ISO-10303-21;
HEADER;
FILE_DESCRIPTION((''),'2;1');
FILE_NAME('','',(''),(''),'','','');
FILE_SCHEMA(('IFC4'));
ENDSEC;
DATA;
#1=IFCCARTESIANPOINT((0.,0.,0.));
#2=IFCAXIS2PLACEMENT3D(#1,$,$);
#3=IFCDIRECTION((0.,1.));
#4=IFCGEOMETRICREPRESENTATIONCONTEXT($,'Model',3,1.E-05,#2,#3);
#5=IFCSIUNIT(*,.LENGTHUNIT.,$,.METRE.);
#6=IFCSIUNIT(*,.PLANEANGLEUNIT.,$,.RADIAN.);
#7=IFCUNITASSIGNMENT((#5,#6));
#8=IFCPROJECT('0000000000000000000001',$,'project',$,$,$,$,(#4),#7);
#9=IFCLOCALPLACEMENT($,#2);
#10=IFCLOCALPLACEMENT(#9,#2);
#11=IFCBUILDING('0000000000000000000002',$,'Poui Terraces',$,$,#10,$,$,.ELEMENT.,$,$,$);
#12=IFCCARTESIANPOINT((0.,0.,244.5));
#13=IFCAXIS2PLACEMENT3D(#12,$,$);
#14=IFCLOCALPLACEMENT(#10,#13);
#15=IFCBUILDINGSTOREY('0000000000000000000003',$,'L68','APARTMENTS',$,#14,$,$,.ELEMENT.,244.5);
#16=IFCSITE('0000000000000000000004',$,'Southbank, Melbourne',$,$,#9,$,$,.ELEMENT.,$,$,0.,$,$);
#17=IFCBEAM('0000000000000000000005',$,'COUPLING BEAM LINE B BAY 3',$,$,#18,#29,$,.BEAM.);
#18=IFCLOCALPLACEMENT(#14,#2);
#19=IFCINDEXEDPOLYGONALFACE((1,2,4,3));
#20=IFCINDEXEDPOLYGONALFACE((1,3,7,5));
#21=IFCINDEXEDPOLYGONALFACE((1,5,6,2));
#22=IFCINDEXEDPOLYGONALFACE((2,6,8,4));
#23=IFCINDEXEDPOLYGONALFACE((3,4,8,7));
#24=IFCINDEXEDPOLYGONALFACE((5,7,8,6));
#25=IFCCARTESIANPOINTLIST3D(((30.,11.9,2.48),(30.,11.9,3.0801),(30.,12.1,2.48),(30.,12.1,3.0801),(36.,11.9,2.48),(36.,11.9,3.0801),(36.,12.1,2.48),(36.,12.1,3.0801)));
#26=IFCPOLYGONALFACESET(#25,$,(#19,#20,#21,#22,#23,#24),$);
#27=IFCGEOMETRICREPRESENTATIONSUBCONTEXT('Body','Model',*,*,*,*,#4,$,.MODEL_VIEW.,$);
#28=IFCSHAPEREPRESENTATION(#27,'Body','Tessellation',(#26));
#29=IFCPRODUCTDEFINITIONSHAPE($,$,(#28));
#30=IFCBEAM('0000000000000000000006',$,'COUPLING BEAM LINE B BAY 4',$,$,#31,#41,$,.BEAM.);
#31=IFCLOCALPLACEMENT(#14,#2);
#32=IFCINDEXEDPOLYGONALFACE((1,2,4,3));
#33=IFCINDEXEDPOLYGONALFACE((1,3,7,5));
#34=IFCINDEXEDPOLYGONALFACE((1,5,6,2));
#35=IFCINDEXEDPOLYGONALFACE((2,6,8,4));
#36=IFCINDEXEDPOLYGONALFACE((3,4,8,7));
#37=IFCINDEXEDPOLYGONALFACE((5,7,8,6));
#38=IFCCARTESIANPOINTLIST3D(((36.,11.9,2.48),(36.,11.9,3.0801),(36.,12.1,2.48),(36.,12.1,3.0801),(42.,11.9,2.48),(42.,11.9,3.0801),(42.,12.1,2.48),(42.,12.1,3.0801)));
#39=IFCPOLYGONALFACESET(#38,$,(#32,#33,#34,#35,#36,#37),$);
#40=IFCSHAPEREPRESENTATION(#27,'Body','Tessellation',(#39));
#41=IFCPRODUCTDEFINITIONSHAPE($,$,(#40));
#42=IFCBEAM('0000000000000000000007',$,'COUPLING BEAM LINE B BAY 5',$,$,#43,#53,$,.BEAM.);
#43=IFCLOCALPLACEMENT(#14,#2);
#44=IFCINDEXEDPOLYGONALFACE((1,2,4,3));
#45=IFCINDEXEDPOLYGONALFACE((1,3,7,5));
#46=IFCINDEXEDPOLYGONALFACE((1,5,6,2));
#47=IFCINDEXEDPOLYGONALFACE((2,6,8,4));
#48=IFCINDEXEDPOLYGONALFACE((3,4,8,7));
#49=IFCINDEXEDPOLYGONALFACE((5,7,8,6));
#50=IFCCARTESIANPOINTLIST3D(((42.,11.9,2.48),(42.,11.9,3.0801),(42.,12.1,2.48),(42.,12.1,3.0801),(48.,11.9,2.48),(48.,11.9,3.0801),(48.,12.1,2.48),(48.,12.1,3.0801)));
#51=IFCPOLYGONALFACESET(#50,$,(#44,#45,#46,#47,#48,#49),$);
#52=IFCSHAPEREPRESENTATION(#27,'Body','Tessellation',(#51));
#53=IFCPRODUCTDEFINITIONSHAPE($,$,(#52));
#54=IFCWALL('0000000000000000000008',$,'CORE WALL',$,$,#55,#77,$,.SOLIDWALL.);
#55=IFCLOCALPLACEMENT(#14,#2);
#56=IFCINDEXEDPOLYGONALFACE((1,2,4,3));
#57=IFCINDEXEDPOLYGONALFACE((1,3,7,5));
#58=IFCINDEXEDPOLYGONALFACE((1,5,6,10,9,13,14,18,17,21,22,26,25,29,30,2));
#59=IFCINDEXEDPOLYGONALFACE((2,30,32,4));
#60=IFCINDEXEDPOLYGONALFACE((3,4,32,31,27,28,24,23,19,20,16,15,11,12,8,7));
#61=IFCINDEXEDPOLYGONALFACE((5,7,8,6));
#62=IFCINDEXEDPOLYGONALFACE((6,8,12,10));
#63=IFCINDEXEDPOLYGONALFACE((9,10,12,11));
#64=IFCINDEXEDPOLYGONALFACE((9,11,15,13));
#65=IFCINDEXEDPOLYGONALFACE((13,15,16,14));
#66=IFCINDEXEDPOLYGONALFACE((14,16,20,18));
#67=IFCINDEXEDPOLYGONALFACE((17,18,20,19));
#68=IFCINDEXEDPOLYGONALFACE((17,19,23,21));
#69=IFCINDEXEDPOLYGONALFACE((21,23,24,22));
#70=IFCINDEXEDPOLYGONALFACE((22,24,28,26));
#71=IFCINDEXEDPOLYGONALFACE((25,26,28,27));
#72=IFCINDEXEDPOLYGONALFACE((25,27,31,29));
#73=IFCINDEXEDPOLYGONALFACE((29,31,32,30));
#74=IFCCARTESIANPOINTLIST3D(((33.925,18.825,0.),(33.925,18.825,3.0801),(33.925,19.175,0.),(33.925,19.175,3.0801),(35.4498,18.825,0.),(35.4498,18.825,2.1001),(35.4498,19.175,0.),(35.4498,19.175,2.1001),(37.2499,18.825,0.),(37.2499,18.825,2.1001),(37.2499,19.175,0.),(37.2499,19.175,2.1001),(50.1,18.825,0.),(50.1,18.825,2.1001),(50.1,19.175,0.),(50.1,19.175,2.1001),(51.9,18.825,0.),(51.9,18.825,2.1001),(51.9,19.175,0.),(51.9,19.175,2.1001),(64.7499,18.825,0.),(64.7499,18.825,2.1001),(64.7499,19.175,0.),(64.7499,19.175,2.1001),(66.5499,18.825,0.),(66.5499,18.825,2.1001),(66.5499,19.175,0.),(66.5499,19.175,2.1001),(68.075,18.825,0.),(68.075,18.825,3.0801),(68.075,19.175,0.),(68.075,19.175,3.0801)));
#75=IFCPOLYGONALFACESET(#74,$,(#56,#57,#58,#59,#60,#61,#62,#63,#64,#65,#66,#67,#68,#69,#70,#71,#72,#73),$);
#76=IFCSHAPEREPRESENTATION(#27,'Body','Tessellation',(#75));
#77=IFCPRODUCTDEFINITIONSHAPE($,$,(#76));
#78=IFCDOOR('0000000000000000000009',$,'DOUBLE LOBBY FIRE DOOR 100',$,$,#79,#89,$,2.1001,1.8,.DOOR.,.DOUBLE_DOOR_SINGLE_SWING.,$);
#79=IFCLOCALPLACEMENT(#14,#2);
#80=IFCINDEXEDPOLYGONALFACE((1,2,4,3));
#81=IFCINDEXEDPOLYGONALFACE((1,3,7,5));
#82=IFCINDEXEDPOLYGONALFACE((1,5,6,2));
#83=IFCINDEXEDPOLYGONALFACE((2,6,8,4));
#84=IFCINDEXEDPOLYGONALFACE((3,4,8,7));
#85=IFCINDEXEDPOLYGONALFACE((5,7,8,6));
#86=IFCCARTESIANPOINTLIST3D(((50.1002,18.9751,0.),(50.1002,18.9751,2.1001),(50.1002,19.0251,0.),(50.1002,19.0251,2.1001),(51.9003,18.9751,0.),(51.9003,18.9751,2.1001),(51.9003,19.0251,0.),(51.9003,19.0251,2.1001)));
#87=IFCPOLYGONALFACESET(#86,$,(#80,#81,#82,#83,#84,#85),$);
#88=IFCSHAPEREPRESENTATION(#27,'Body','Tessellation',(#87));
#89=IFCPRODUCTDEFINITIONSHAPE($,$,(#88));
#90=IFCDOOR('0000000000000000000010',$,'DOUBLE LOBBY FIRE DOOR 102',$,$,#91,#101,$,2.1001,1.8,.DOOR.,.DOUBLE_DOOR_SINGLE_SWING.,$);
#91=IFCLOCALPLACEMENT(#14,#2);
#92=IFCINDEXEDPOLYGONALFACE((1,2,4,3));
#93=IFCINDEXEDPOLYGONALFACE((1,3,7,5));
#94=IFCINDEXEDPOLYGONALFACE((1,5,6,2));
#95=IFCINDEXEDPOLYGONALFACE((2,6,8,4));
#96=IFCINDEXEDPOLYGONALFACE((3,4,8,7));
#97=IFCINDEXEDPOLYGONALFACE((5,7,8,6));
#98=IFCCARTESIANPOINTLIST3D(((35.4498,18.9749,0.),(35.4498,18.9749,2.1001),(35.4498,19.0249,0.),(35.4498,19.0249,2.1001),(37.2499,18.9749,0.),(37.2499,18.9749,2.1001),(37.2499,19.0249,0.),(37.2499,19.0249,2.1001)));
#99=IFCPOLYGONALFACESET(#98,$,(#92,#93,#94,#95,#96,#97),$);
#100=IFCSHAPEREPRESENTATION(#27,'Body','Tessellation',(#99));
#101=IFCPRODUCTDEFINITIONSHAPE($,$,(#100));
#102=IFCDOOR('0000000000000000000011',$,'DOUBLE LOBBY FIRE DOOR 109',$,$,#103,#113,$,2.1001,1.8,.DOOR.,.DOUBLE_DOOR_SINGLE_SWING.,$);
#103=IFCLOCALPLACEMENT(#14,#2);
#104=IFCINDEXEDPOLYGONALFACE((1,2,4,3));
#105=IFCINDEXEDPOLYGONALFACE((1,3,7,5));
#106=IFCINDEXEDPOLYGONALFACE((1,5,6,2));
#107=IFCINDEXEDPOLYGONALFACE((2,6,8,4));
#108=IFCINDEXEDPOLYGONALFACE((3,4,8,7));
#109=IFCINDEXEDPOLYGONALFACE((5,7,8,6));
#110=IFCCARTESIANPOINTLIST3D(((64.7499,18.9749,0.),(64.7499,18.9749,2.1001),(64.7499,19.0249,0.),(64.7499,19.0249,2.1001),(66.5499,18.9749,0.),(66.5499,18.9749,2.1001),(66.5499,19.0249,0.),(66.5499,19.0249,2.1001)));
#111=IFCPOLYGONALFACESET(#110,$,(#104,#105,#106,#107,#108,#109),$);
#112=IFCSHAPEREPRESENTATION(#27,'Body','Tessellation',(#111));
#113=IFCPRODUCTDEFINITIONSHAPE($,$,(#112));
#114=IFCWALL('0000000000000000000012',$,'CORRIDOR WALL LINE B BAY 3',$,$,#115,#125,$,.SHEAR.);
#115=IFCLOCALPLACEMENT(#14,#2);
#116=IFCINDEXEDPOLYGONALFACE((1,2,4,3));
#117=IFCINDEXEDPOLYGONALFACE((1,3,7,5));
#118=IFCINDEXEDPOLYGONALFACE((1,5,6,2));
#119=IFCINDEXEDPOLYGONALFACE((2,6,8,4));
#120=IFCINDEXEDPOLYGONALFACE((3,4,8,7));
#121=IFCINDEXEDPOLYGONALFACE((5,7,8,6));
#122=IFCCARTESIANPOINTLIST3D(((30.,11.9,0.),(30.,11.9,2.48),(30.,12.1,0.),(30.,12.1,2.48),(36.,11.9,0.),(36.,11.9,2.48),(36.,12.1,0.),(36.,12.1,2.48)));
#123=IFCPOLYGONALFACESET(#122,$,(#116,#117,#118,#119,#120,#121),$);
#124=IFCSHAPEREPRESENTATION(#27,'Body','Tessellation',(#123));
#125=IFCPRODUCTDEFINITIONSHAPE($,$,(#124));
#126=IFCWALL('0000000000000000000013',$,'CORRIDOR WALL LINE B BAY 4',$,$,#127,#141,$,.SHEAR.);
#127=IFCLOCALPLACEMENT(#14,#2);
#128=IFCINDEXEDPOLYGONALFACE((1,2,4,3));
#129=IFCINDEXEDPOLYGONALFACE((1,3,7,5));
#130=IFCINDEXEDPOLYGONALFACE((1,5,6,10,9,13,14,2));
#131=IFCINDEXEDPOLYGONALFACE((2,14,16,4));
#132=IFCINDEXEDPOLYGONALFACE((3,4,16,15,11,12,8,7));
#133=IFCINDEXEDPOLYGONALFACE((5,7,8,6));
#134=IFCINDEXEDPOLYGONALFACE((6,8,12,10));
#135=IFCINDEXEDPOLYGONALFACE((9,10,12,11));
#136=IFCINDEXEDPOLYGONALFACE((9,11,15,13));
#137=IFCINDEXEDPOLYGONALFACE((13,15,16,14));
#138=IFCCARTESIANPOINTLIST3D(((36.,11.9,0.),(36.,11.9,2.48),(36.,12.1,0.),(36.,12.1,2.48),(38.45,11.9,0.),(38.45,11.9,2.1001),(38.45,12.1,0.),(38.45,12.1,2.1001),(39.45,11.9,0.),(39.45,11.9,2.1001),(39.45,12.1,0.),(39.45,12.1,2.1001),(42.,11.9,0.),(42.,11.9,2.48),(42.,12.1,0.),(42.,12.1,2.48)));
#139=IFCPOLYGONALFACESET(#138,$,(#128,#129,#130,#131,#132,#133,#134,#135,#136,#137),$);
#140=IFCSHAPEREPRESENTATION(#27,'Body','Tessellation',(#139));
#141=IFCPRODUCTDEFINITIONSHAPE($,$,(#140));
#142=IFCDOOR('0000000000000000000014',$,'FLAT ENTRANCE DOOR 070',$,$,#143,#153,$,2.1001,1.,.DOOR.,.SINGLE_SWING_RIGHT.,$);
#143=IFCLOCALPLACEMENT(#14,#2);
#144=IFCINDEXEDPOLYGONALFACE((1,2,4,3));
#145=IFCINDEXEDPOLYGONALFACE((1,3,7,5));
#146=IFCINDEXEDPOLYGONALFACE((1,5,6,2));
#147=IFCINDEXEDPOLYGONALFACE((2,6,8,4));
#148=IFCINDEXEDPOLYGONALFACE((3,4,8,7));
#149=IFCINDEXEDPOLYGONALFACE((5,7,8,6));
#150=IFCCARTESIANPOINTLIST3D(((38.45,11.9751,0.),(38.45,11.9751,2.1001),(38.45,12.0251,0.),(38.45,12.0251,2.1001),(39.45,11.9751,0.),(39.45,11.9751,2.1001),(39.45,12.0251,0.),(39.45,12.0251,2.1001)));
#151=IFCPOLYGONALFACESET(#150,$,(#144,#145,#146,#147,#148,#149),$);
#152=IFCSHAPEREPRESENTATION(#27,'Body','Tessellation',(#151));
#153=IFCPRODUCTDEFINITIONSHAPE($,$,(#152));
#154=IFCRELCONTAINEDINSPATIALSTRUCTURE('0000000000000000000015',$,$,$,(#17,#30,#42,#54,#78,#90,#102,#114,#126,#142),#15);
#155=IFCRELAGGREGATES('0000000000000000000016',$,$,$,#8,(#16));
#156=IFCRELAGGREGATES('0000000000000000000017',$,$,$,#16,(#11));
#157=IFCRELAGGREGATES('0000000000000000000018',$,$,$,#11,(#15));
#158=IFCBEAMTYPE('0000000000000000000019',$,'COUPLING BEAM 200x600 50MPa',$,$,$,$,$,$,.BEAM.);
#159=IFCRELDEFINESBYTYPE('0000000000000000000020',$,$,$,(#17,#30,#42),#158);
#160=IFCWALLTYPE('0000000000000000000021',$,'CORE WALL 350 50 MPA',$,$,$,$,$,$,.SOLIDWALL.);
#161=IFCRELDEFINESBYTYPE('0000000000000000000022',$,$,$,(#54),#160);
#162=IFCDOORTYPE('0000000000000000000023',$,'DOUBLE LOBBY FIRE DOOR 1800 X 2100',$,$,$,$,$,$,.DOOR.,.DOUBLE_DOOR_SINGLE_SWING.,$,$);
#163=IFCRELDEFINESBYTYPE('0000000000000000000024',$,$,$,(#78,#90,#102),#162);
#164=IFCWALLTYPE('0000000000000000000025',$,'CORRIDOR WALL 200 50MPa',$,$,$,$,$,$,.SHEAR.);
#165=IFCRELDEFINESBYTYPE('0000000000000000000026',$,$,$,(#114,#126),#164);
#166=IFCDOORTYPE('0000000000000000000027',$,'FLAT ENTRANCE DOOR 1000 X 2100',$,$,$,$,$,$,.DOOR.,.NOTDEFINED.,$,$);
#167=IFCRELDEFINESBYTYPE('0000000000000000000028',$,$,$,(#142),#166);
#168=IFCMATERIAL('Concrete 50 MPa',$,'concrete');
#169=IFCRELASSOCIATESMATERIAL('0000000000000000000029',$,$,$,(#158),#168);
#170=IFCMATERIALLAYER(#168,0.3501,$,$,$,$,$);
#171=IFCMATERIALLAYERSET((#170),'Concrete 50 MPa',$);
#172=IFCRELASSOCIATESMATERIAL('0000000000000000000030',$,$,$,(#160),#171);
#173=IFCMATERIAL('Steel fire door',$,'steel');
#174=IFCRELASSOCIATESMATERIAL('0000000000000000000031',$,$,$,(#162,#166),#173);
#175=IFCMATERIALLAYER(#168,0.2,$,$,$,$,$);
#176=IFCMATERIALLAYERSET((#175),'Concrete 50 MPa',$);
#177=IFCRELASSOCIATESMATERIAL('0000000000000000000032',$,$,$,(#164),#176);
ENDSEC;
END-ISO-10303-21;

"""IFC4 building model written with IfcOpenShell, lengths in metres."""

from ifc_helpers import new_model, si_unit, direction, frame, frame_2d, origin, origin_2d, place, context, subcontext, project, spatial, rectangle, extrude, source, transform, mapped, material, layer, layer_set, material_profile, profile_set, type_object, element, fill, save


model = new_model("IFC4")

# Units and contexts
model_context = context("Model", 3, precision=1e-05, world=origin(), true_north=direction((0.0, 1.0)))
body_context = subcontext(model_context, "Body", "Model", "MODEL_VIEW")
ifc_project = project(units=[si_unit("LENGTHUNIT", "METRE"), si_unit("PLANEANGLEUNIT", "RADIAN")], contexts=[model_context])

# Site, building, storey
site_placement = place(None, origin())
site = spatial("IfcSite", under=ifc_project, at=site_placement, Name="Southbank, Melbourne", CompositionType="ELEMENT", RefElevation=0.0)
building_placement = place(site_placement, origin())
building = spatial("IfcBuilding", under=site, at=building_placement, Name="Poui Terraces", CompositionType="ELEMENT")
storey_placement = place(building_placement, frame((0.0, 0.0, 244.5)))
storey = spatial("IfcBuildingStorey", under=building, at=storey_placement, Name="L68", Description="APARTMENTS", CompositionType="ELEMENT", Elevation=244.5)

# Beams
ifc_material_1 = material(Name="Concrete 50 MPa", Category="concrete")
ifc_material_profile = material_profile(ifc_material_1, rectangle(XDim=0.2, YDim=0.6001, at=origin_2d()), Name="RC 200x600")
ifc_profile_set = profile_set([ifc_material_profile], Name="Concrete 50 MPa")
beam_type = type_object("IfcBeamType", Name="COUPLING BEAM 200x600 50MPa", PredefinedType="BEAM", material=ifc_profile_set)
shared_shape = source(origin(), body_context, "Body", "SweptSolid", [
    extrude(rectangle(XDim=0.2, YDim=0.6001, at=origin_2d()), origin(), (0.0, 0.0, 1.0), 6.0),
])
for number, where, z_axis, x_axis, name in (
    (1, (30.0, 12.0, 2.78), (1.0, 0.0, 0.0), (0.0, 1.0, 0.0), "COUPLING BEAM LINE B BAY 3"),
    (2, (36.0, 12.0, 2.78), (1.0, 0.0, 0.0), (0.0, 1.0, 0.0), "COUPLING BEAM LINE B BAY 4"),
    (3, (42.0, 12.0, 2.78), (1.0, 0.0, 0.0), (0.0, 1.0, 0.0), "COUPLING BEAM LINE B BAY 5"),
):
    element("IfcBeam", number, at=place(storey_placement, frame(where, z_axis=z_axis, x_axis=x_axis)), inside=storey, type_object=beam_type, Name=name, PredefinedType="BEAM", context=body_context, shape_type="MappedRepresentation", body=[
        mapped(shared_shape, transform((0.0, 0.0, 0.0))),
    ])

# Wall, openings, doors
ifc_layer_1 = layer(ifc_material_1, 0.3501)
ifc_layer_set_1 = layer_set([ifc_layer_1], Name="Concrete 50 MPa")
wall_type_1 = type_object("IfcWallType", Name="CORE WALL 350 50 MPA", PredefinedType="SOLIDWALL", material=ifc_layer_set_1)
wall_1_placement = place(storey_placement, frame((33.925, 19.0, 0.0), z_axis=(0.0, 0.0, 1.0), x_axis=(1.0, 0.0, 0.0)))
wall_1 = element("IfcWall", 4, at=wall_1_placement, inside=storey, type_object=wall_type_1, Name="CORE WALL", PredefinedType="SOLIDWALL", context=body_context, shape_type="SweptSolid", body=[
    extrude(rectangle(XDim=34.1499, YDim=0.3501, at=frame_2d((17.075, 0.0))), origin(), (0.0, 0.0, 1.0), 3.0801),
])
opening_1_placement = place(wall_1_placement, frame((16.175, 0.0, 0.0)))
opening_1 = element("IfcOpeningElement", 5, at=opening_1_placement, cuts=wall_1, PredefinedType="OPENING", context=body_context, shape_type="SweptSolid", body=[
    extrude(rectangle(XDim=1.8, YDim=2.1001, at=frame_2d((0.8999, 1.05))), frame((0.0, 0.1851, 0.0), z_axis=(0.0, -1.0, 0.0), x_axis=(1.0, 0.0, 0.0)), (0.0, 0.0, 1.0), 0.3701),
])
opening_2_placement = place(wall_1_placement, frame((1.5249, 0.0, 0.0)))
opening_2 = element("IfcOpeningElement", 6, at=opening_2_placement, cuts=wall_1, PredefinedType="OPENING", context=body_context, shape_type="SweptSolid", body=[
    extrude(rectangle(XDim=1.8, YDim=2.1001, at=frame_2d((0.8999, 1.05))), frame((0.0, 0.1851, 0.0), z_axis=(0.0, -1.0, 0.0), x_axis=(1.0, 0.0, 0.0)), (0.0, 0.0, 1.0), 0.3701),
])
opening_3_placement = place(wall_1_placement, frame((30.825, 0.0, 0.0)))
opening_3 = element("IfcOpeningElement", 7, at=opening_3_placement, cuts=wall_1, PredefinedType="OPENING", context=body_context, shape_type="SweptSolid", body=[
    extrude(rectangle(XDim=1.8, YDim=2.1001, at=frame_2d((0.8999, 1.05))), frame((0.0, 0.1851, 0.0), z_axis=(0.0, -1.0, 0.0), x_axis=(1.0, 0.0, 0.0)), (0.0, 0.0, 1.0), 0.3701),
])
ifc_material_2 = material(Name="Steel fire door", Category="steel")
door_type_1 = type_object("IfcDoorType", Name="DOUBLE LOBBY FIRE DOOR 1800 X 2100", OperationType="DOUBLE_DOOR_SINGLE_SWING", PredefinedType="DOOR", material=ifc_material_2)
door_1_placement = place(opening_1_placement, frame((1.8, 0.0, 0.0), z_axis=(0.0, 0.0, 1.0), x_axis=(-1.0, 0.0, 0.0)))
door_1 = element("IfcDoor", 8, at=door_1_placement, inside=storey, type_object=door_type_1, Name="DOUBLE LOBBY FIRE DOOR 100", OperationType="DOUBLE_DOOR_SINGLE_SWING", OverallHeight=2.1001, OverallWidth=1.8, PredefinedType="DOOR", context=body_context, shape_type="SweptSolid", body=[
    extrude(rectangle(XDim=1.8, YDim=2.1001, at=frame_2d((0.8999, 1.05))), frame((0.0, 0.0249, 0.0), z_axis=(0.0, -1.0, 0.0), x_axis=(1.0, 0.0, 0.0)), (0.0, 0.0, 1.0), 0.05),
])
fill(opening_1, door_1)
door_2_placement = place(opening_2_placement, origin())
door_2 = element("IfcDoor", 9, at=door_2_placement, inside=storey, type_object=door_type_1, Name="DOUBLE LOBBY FIRE DOOR 102", OperationType="DOUBLE_DOOR_SINGLE_SWING", OverallHeight=2.1001, OverallWidth=1.8, PredefinedType="DOOR", context=body_context, shape_type="SweptSolid", body=[
    extrude(rectangle(XDim=1.8, YDim=2.1001, at=frame_2d((0.8999, 1.05))), frame((0.0, 0.0249, 0.0), z_axis=(0.0, -1.0, 0.0), x_axis=(1.0, 0.0, 0.0)), (0.0, 0.0, 1.0), 0.05),
])
fill(opening_2, door_2)
door_3_placement = place(opening_3_placement, origin())
door_3 = element("IfcDoor", 10, at=door_3_placement, inside=storey, type_object=door_type_1, Name="DOUBLE LOBBY FIRE DOOR 109", OperationType="DOUBLE_DOOR_SINGLE_SWING", OverallHeight=2.1001, OverallWidth=1.8, PredefinedType="DOOR", context=body_context, shape_type="SweptSolid", body=[
    extrude(rectangle(XDim=1.8, YDim=2.1001, at=frame_2d((0.8999, 1.05))), frame((0.0, 0.0249, 0.0), z_axis=(0.0, -1.0, 0.0), x_axis=(1.0, 0.0, 0.0)), (0.0, 0.0, 1.0), 0.05),
])
fill(opening_3, door_3)

# Wall
ifc_layer_2 = layer(ifc_material_1, 0.2)
ifc_layer_set_2 = layer_set([ifc_layer_2], Name="Concrete 50 MPa")
wall_type_2 = type_object("IfcWallType", Name="CORRIDOR WALL 200 50MPa", PredefinedType="SHEAR", material=ifc_layer_set_2)
wall_2_placement = place(storey_placement, frame((30.0, 12.0, 0.0), z_axis=(0.0, 0.0, 1.0), x_axis=(1.0, 0.0, 0.0)))
element("IfcWall", 11, at=wall_2_placement, inside=storey, type_object=wall_type_2, Name="CORRIDOR WALL LINE B BAY 3", PredefinedType="SHEAR", context=body_context, shape_type="SweptSolid", body=[
    extrude(rectangle(XDim=6.0, YDim=0.2, at=frame_2d((3.0, 0.0))), origin(), (0.0, 0.0, 1.0), 2.48),
])

# Wall, opening, door
wall_3_placement = place(storey_placement, frame((36.0, 12.0, 0.0), z_axis=(0.0, 0.0, 1.0), x_axis=(1.0, 0.0, 0.0)))
wall_3 = element("IfcWall", 12, at=wall_3_placement, inside=storey, type_object=wall_type_2, Name="CORRIDOR WALL LINE B BAY 4", PredefinedType="SHEAR", context=body_context, shape_type="SweptSolid", body=[
    extrude(rectangle(XDim=6.0, YDim=0.2, at=frame_2d((3.0, 0.0))), origin(), (0.0, 0.0, 1.0), 2.48),
])
opening_4_placement = place(wall_3_placement, frame((2.45, 0.0, 0.0)))
opening_4 = element("IfcOpeningElement", 13, at=opening_4_placement, cuts=wall_3, PredefinedType="OPENING", context=body_context, shape_type="SweptSolid", body=[
    extrude(rectangle(XDim=1.0, YDim=2.1001, at=frame_2d((0.5, 1.05))), frame((0.0, 0.1099, 0.0), z_axis=(0.0, -1.0, 0.0), x_axis=(1.0, 0.0, 0.0)), (0.0, 0.0, 1.0), 0.22),
])
door_type_2 = type_object("IfcDoorType", Name="FLAT ENTRANCE DOOR 1000 X 2100", OperationType="NOTDEFINED", PredefinedType="DOOR", material=ifc_material_2)
door_4_placement = place(opening_4_placement, frame((1.0, 0.0, 0.0), z_axis=(0.0, 0.0, 1.0), x_axis=(-1.0, 0.0, 0.0)))
door_4 = element("IfcDoor", 14, at=door_4_placement, inside=storey, type_object=door_type_2, Name="FLAT ENTRANCE DOOR 070", OperationType="SINGLE_SWING_RIGHT", OverallHeight=2.1001, OverallWidth=1.0, PredefinedType="DOOR", context=body_context, shape_type="SweptSolid", body=[
    extrude(rectangle(XDim=1.0, YDim=2.1001, at=frame_2d((0.5, 1.05))), frame((0.0, 0.0249, 0.0), z_axis=(0.0, -1.0, 0.0), x_axis=(1.0, 0.0, 0.0)), (0.0, 0.0, 1.0), 0.05),
])
fill(opening_4, door_4)

save(model, "model.ifc")
